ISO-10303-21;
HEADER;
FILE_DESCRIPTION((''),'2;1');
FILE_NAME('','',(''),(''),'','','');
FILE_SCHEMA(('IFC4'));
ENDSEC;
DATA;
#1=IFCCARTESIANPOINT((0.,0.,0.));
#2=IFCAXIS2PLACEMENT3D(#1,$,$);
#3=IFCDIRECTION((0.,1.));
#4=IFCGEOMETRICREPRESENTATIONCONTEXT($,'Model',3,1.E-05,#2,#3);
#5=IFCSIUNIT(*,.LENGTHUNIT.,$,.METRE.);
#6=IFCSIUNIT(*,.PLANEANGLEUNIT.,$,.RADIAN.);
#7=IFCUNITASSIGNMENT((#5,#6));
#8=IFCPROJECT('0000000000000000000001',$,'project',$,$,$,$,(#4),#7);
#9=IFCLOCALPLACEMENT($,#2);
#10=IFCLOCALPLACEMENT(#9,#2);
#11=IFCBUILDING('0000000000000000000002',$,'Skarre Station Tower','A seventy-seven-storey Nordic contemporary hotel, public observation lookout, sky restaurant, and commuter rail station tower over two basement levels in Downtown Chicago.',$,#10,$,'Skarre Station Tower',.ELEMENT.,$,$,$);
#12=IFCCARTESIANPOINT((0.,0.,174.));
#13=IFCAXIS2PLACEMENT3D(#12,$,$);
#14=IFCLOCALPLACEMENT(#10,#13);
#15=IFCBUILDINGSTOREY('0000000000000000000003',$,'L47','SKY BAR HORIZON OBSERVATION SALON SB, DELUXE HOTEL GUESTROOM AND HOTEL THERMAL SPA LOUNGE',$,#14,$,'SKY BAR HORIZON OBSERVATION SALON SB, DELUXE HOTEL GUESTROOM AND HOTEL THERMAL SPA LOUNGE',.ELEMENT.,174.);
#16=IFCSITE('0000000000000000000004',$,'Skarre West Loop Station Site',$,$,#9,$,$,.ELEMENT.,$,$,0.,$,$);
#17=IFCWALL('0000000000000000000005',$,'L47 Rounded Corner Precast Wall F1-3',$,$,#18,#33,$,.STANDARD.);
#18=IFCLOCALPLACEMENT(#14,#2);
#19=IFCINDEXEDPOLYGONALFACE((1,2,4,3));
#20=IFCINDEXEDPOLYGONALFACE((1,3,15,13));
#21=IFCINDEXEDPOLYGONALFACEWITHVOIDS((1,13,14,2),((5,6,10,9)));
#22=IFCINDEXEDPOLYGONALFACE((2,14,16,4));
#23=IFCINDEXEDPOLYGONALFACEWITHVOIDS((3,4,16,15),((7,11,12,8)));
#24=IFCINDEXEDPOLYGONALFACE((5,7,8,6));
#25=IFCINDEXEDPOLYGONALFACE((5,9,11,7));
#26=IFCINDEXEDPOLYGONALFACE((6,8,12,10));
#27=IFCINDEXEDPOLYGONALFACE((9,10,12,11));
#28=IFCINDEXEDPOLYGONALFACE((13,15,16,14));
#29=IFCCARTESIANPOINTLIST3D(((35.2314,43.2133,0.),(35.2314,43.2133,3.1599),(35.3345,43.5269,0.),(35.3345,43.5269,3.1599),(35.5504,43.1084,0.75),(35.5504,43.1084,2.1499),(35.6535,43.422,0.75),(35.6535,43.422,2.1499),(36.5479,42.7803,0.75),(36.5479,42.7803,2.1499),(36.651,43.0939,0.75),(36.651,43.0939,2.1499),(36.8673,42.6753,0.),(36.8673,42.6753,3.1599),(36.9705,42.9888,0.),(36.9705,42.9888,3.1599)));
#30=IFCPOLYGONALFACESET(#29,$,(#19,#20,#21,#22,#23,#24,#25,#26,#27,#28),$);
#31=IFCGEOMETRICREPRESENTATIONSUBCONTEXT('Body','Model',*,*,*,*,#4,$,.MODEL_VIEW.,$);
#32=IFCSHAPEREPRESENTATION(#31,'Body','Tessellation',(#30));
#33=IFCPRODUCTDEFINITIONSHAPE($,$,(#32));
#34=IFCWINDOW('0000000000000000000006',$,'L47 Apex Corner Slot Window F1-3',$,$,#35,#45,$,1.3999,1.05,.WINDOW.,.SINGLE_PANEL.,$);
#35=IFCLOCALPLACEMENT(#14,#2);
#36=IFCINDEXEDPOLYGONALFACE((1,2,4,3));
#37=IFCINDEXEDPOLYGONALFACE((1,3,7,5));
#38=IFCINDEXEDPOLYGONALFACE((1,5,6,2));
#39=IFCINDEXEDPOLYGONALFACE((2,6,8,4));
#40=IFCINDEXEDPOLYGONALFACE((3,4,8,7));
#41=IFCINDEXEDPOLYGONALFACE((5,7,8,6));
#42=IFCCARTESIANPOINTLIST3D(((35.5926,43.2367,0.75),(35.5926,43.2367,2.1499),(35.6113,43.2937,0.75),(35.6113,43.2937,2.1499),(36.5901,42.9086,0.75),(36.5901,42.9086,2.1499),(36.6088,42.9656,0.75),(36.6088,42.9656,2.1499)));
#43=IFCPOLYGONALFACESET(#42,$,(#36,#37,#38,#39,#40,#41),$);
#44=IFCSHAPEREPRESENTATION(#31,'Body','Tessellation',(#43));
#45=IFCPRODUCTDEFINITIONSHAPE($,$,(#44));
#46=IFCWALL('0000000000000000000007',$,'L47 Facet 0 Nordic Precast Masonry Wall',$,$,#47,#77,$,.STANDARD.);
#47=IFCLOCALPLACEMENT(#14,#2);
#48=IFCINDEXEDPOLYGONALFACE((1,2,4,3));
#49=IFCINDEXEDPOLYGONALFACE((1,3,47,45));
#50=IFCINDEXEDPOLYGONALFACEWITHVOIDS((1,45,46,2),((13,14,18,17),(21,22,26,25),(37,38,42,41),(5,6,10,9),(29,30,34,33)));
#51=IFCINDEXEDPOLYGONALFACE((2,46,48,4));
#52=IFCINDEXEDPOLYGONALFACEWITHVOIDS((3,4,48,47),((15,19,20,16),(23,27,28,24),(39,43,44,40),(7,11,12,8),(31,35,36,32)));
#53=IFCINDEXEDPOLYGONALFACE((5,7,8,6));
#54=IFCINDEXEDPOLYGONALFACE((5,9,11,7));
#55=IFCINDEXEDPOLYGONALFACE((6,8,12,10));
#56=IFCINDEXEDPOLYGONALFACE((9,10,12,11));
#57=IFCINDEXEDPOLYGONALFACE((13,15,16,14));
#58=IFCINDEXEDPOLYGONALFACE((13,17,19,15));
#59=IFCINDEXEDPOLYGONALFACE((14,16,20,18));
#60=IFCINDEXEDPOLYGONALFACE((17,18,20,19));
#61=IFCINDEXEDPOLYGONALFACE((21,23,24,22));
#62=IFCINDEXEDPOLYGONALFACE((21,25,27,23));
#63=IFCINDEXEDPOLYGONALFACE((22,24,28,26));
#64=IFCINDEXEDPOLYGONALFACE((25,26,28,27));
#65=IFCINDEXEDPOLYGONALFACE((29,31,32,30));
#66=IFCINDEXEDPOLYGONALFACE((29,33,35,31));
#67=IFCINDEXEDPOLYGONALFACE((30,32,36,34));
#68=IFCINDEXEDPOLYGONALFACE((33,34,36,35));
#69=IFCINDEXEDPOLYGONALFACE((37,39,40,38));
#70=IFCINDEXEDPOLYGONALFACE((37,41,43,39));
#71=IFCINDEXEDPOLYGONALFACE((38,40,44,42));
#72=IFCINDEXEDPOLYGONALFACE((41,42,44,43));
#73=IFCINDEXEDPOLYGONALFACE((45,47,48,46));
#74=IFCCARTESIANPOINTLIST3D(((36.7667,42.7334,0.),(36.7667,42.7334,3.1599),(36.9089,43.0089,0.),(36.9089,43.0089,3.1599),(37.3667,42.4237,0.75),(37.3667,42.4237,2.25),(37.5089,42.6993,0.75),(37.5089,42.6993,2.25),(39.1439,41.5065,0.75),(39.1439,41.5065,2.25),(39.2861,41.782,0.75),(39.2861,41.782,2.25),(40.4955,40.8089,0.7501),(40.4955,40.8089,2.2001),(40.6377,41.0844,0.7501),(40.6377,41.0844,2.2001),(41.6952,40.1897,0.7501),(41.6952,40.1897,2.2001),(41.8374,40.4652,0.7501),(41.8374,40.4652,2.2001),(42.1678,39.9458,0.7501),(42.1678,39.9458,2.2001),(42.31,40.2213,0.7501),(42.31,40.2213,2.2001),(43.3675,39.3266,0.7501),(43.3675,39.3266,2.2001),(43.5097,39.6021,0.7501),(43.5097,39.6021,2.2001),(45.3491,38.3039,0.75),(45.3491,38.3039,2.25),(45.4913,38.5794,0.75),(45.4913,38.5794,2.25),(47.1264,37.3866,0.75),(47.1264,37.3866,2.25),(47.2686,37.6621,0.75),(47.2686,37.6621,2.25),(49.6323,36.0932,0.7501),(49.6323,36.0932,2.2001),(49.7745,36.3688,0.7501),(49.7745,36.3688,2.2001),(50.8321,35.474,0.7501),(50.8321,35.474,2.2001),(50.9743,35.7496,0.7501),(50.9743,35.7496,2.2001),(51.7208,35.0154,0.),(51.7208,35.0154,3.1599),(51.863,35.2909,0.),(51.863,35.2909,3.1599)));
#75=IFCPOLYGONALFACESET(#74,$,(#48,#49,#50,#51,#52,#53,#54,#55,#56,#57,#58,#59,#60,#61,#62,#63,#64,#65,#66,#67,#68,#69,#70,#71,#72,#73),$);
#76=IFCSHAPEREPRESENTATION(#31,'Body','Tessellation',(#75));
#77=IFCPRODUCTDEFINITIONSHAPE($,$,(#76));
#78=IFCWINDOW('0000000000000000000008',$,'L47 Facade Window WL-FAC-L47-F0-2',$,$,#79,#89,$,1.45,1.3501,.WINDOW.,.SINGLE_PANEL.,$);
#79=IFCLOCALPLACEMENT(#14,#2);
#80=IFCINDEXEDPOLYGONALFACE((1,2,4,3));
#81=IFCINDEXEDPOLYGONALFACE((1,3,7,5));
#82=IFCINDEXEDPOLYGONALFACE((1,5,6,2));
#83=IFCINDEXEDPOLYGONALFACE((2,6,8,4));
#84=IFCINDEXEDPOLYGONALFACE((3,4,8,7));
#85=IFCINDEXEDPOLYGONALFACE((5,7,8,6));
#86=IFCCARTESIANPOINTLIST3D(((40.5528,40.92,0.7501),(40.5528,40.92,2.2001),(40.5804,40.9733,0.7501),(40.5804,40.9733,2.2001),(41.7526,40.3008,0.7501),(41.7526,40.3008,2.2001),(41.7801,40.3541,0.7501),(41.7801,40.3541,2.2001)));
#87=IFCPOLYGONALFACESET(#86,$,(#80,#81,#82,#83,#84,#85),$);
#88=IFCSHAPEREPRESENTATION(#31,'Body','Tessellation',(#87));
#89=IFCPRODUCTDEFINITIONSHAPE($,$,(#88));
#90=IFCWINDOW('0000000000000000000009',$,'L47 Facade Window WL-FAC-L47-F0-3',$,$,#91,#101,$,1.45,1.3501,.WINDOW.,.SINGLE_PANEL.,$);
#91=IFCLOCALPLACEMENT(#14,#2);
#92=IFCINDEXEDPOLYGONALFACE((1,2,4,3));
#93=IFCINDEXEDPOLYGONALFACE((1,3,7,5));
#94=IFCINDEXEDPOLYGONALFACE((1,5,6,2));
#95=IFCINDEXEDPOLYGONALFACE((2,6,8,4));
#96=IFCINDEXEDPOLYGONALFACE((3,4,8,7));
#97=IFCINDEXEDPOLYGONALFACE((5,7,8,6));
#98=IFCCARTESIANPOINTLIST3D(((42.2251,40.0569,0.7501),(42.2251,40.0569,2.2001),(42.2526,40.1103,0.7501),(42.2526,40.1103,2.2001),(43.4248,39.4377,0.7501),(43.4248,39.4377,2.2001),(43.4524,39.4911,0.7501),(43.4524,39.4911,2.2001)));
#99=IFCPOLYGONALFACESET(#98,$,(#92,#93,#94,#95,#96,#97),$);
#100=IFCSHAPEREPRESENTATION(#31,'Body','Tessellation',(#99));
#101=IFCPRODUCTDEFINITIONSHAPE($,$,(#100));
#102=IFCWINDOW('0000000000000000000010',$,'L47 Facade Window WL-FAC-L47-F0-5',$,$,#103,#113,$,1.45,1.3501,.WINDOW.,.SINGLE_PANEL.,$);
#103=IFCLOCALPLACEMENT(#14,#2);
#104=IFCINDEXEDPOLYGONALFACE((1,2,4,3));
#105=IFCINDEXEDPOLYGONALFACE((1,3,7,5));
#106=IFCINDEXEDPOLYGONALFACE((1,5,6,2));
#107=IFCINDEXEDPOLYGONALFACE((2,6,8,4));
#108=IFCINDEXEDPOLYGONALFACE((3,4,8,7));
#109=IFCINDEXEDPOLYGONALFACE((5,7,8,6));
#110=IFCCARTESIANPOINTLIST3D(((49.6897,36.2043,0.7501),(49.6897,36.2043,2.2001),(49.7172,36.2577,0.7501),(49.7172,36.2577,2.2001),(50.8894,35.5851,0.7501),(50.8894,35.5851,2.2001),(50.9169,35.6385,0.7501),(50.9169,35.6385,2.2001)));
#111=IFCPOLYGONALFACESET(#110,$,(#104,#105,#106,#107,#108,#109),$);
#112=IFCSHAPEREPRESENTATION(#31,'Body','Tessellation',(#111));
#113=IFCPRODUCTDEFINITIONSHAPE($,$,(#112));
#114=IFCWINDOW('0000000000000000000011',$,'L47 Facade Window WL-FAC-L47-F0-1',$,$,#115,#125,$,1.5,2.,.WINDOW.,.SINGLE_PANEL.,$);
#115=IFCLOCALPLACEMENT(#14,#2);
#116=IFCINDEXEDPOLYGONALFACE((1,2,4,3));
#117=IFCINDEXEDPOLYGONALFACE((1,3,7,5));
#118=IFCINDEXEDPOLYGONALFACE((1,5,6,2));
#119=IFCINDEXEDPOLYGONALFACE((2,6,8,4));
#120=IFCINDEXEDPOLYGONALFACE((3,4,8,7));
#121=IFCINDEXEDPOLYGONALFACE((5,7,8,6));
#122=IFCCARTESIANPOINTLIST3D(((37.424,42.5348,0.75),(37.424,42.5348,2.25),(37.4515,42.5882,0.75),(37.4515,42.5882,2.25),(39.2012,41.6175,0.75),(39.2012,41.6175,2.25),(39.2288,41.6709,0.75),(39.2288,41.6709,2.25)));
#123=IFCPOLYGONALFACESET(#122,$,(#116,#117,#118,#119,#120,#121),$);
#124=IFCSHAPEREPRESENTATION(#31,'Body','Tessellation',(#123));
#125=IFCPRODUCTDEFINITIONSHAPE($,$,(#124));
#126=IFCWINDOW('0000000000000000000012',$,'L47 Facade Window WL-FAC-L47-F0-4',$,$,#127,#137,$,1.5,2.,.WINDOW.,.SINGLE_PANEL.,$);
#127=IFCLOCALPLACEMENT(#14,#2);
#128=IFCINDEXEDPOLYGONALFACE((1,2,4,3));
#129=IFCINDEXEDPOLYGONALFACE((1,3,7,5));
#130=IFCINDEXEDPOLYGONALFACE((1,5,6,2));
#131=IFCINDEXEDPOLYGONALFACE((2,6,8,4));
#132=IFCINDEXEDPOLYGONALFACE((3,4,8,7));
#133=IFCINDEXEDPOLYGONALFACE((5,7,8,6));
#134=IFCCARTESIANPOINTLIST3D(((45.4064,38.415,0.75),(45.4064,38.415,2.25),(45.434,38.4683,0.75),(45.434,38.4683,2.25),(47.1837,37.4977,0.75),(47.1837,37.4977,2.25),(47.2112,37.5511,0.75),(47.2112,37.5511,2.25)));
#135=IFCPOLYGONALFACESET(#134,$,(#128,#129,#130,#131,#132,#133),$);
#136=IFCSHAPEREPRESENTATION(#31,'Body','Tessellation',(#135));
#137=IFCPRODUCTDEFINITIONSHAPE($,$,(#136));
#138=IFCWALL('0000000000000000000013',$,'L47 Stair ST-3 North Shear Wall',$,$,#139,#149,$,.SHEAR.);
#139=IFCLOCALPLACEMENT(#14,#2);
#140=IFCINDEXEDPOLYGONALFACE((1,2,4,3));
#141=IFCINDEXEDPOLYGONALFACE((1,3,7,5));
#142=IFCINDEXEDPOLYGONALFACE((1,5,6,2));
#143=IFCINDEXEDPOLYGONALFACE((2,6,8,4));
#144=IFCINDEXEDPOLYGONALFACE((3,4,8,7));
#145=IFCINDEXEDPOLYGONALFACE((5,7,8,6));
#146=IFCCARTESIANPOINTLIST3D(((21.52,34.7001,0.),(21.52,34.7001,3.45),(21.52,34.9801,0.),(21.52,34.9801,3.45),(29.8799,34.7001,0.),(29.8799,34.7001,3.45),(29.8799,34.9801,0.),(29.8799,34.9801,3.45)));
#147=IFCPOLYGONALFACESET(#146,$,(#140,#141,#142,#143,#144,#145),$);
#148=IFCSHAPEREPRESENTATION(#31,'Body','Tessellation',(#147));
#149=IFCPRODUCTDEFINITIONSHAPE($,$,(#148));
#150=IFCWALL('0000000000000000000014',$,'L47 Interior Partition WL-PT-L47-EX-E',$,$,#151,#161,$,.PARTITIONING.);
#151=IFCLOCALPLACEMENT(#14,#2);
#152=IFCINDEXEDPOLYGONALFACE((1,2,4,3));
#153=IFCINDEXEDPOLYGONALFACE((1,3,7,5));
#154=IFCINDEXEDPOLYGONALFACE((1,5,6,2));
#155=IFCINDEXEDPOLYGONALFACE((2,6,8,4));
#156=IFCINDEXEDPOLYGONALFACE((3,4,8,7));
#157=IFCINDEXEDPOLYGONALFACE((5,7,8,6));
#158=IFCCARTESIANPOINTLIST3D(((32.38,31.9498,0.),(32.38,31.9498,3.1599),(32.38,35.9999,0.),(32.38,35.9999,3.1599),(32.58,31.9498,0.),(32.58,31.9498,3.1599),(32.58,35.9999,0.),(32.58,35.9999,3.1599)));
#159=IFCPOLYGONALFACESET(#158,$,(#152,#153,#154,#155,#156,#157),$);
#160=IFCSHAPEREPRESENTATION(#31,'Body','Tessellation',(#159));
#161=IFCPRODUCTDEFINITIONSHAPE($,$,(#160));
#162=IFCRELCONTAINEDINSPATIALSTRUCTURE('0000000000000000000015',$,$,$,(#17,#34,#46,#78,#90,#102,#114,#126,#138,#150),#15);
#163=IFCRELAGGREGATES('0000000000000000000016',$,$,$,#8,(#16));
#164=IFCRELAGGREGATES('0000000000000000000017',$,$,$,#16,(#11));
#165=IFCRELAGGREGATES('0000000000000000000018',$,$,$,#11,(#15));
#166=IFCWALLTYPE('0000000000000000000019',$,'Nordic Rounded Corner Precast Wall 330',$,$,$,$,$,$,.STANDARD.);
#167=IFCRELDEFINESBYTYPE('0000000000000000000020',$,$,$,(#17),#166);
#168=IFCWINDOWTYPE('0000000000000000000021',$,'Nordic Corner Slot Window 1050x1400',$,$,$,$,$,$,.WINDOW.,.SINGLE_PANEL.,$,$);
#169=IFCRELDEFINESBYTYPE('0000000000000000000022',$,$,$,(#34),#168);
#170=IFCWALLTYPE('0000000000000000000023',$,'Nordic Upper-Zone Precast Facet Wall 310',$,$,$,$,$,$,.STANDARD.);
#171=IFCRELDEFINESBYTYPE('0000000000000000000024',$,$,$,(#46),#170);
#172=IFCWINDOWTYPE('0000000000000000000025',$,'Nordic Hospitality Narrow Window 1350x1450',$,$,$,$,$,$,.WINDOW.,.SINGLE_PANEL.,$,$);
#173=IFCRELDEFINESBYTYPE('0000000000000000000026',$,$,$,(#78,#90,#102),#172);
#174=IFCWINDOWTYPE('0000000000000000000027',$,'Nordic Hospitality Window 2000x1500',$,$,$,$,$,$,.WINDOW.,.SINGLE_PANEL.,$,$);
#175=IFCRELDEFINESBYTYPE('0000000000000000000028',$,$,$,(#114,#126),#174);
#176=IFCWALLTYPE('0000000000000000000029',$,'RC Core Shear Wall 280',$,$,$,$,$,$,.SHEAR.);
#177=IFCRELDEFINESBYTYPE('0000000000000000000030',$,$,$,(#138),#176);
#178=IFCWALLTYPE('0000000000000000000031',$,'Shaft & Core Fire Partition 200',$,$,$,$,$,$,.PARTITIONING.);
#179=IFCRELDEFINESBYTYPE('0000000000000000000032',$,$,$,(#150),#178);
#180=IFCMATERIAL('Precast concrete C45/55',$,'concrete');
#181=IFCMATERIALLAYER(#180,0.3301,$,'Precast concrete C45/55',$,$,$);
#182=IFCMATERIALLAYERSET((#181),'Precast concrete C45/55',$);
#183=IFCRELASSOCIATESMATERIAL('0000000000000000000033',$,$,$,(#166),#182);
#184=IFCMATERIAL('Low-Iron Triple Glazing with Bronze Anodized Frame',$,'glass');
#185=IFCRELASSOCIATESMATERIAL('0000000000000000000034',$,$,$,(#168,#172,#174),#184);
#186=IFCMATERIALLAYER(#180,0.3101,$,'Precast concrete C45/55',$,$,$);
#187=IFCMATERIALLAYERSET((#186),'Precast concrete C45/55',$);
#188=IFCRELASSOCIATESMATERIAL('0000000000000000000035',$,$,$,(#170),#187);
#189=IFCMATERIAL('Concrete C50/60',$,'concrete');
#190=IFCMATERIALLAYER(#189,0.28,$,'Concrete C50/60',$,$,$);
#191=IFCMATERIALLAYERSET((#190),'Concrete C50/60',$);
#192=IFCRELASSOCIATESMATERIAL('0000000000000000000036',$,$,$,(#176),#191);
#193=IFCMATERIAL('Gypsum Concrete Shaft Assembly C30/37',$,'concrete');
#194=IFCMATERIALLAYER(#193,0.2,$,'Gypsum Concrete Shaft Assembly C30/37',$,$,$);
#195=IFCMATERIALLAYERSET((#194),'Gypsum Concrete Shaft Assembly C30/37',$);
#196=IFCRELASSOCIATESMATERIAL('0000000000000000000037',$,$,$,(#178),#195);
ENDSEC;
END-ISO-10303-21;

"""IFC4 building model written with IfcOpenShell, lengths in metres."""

from ifc_helpers import new_model, si_unit, direction, frame, frame_2d, origin, place, context, subcontext, project, spatial, rectangle, extrude, material, layer, layer_set, type_object, element, fill, save


model = new_model("IFC4")

# Units and contexts
model_context = context("Model", 3, precision=1e-05, world=origin(), true_north=direction((0.0, 1.0)))
body_context = subcontext(model_context, "Body", "Model", "MODEL_VIEW")
ifc_project = project(units=[si_unit("LENGTHUNIT", "METRE"), si_unit("PLANEANGLEUNIT", "RADIAN")], contexts=[model_context])

# Site, building, storey
site_placement = place(None, origin())
site = spatial("IfcSite", under=ifc_project, at=site_placement, Name="Skarre West Loop Station Site", CompositionType="ELEMENT", RefElevation=0.0)
building_placement = place(site_placement, origin())
building = spatial("IfcBuilding", under=site, at=building_placement, Name="Skarre Station Tower", Description="A seventy-seven-storey Nordic contemporary hotel, public observation lookout, sky restaurant, and commuter rail station tower over two basement levels in Downtown Chicago.", LongName="Skarre Station Tower", CompositionType="ELEMENT")
storey_placement = place(building_placement, frame((0.0, 0.0, 174.0)))
storey = spatial("IfcBuildingStorey", under=building, at=storey_placement, Name="L47", Description="SKY BAR HORIZON OBSERVATION SALON SB, DELUXE HOTEL GUESTROOM AND HOTEL THERMAL SPA LOUNGE", LongName="SKY BAR HORIZON OBSERVATION SALON SB, DELUXE HOTEL GUESTROOM AND HOTEL THERMAL SPA LOUNGE", CompositionType="ELEMENT", Elevation=174.0)

# Shared definitions
ifc_material_1 = material(Name="Precast concrete C45/55", Category="concrete")
ifc_layer_1 = layer(ifc_material_1, 0.3301, Name="Precast concrete C45/55")
ifc_layer_set_1 = layer_set([ifc_layer_1], Name="Precast concrete C45/55")
wall_type_1 = type_object("IfcWallType", Name="Nordic Rounded Corner Precast Wall 330", PredefinedType="STANDARD", material=ifc_layer_set_1)

# Wall, opening, window
wall_1_placement = place(storey_placement, frame((35.283, 43.3701, 0.0), z_axis=(0.0, 0.0, 1.0), x_axis=(0.949937, -0.31244, 0.0)))
wall_1 = element("IfcWall", 1, at=wall_1_placement, inside=storey, type_object=wall_type_1, Name="L47 Rounded Corner Precast Wall F1-3", PredefinedType="STANDARD", context=body_context, shape_type="SweptSolid", body=[
    extrude(rectangle(XDim=1.7222, YDim=0.3301, at=frame_2d((0.8611, 0.0))), origin(), (0.0, 0.0, 1.0), 3.1599),
])
opening_1_placement = place(wall_1_placement, frame((0.3359, 0.0, 0.75)))
opening_1 = element("IfcOpeningElement", 2, at=opening_1_placement, cuts=wall_1, PredefinedType="OPENING", context=body_context, shape_type="SweptSolid", body=[
    extrude(rectangle(XDim=1.05, YDim=1.3999, at=frame_2d((0.5249, 0.7))), frame((0.0, 0.175, 0.0), z_axis=(0.0, -1.0, 0.0), x_axis=(1.0, 0.0, 0.0)), (0.0, 0.0, 1.0), 0.3501),
])
ifc_material_2 = material(Name="Low-Iron Triple Glazing with Bronze Anodized Frame", Category="glass")
window_type_1 = type_object("IfcWindowType", Name="Nordic Corner Slot Window 1050x1400", PartitioningType="SINGLE_PANEL", PredefinedType="WINDOW", material=ifc_material_2)
window_1_placement = place(opening_1_placement, origin())
window_1 = element("IfcWindow", 3, at=window_1_placement, inside=storey, type_object=window_type_1, Name="L47 Apex Corner Slot Window F1-3", OverallHeight=1.3999, OverallWidth=1.05, PartitioningType="SINGLE_PANEL", PredefinedType="WINDOW", context=body_context, shape_type="SweptSolid", body=[
    extrude(rectangle(XDim=1.05, YDim=1.3999, at=frame_2d((0.5249, 0.7))), frame((0.0, 0.03, 0.0), z_axis=(0.0, -1.0, 0.0), x_axis=(1.0, 0.0, 0.0)), (0.0, 0.0, 1.0), 0.0601),
])
fill(opening_1, window_1)

# Wall, openings, windows
ifc_layer_2 = layer(ifc_material_1, 0.3101, Name="Precast concrete C45/55")
ifc_layer_set_2 = layer_set([ifc_layer_2], Name="Precast concrete C45/55")
wall_type_2 = type_object("IfcWallType", Name="Nordic Upper-Zone Precast Facet Wall 310", PredefinedType="STANDARD", material=ifc_layer_set_2)
wall_2_placement = place(storey_placement, frame((36.8379, 42.8711, 0.0), z_axis=(0.0, 0.0, 1.0), x_axis=(0.888626, -0.458632, 0.0)))
wall_2 = element("IfcWall", 4, at=wall_2_placement, inside=storey, type_object=wall_type_2, Name="L47 Facet 0 Nordic Precast Masonry Wall", PredefinedType="STANDARD", context=body_context, shape_type="SweptSolid", body=[
    extrude(rectangle(XDim=16.8284, YDim=0.3101, at=frame_2d((8.4141, 0.0))), origin(), (0.0, 0.0, 1.0), 3.1599),
])
opening_2_placement = place(wall_2_placement, frame((0.675, 0.0, 0.75)))
opening_2 = element("IfcOpeningElement", 5, at=opening_2_placement, cuts=wall_2, PredefinedType="OPENING", context=body_context, shape_type="SweptSolid", body=[
    extrude(rectangle(XDim=2.0, YDim=1.5, at=frame_2d((1.0, 0.75))), frame((0.0, 0.165, 0.0), z_axis=(0.0, -1.0, 0.0), x_axis=(1.0, 0.0, 0.0)), (0.0, 0.0, 1.0), 0.3301),
])
opening_3_placement = place(wall_2_placement, frame((4.196, 0.0, 0.75)))
opening_3 = element("IfcOpeningElement", 6, at=opening_3_placement, cuts=wall_2, PredefinedType="OPENING", context=body_context, shape_type="SweptSolid", body=[
    extrude(rectangle(XDim=1.3501, YDim=1.45, at=frame_2d((0.675, 0.7251))), frame((0.0, 0.165, 0.0), z_axis=(0.0, -1.0, 0.0), x_axis=(1.0, 0.0, 0.0)), (0.0, 0.0, 1.0), 0.3301),
])
opening_4_placement = place(wall_2_placement, frame((6.0779, 0.0, 0.75)))
opening_4 = element("IfcOpeningElement", 7, at=opening_4_placement, cuts=wall_2, PredefinedType="OPENING", context=body_context, shape_type="SweptSolid", body=[
    extrude(rectangle(XDim=1.3501, YDim=1.45, at=frame_2d((0.675, 0.7251))), frame((0.0, 0.165, 0.0), z_axis=(0.0, -1.0, 0.0), x_axis=(1.0, 0.0, 0.0)), (0.0, 0.0, 1.0), 0.3301),
])
opening_5_placement = place(wall_2_placement, frame((9.658, 0.0, 0.75)))
opening_5 = element("IfcOpeningElement", 8, at=opening_5_placement, cuts=wall_2, PredefinedType="OPENING", context=body_context, shape_type="SweptSolid", body=[
    extrude(rectangle(XDim=2.0, YDim=1.5, at=frame_2d((1.0, 0.75))), frame((0.0, 0.165, 0.0), z_axis=(0.0, -1.0, 0.0), x_axis=(1.0, 0.0, 0.0)), (0.0, 0.0, 1.0), 0.3301),
])
opening_6_placement = place(wall_2_placement, frame((14.478, 0.0, 0.75)))
opening_6 = element("IfcOpeningElement", 9, at=opening_6_placement, cuts=wall_2, PredefinedType="OPENING", context=body_context, shape_type="SweptSolid", body=[
    extrude(rectangle(XDim=1.3501, YDim=1.45, at=frame_2d((0.675, 0.7251))), frame((0.0, 0.165, 0.0), z_axis=(0.0, -1.0, 0.0), x_axis=(1.0, 0.0, 0.0)), (0.0, 0.0, 1.0), 0.3301),
])
window_type_2 = type_object("IfcWindowType", Name="Nordic Hospitality Narrow Window 1350x1450", PartitioningType="SINGLE_PANEL", PredefinedType="WINDOW", material=ifc_material_2)
window_2_placement = place(opening_3_placement, origin())
window_2 = element("IfcWindow", 10, at=window_2_placement, inside=storey, type_object=window_type_2, Name="L47 Facade Window WL-FAC-L47-F0-2", OverallHeight=1.45, OverallWidth=1.3501, PartitioningType="SINGLE_PANEL", PredefinedType="WINDOW", context=body_context, shape_type="SweptSolid", body=[
    extrude(rectangle(XDim=1.3501, YDim=1.45, at=frame_2d((0.675, 0.7251))), frame((0.0, 0.03, 0.0), z_axis=(0.0, -1.0, 0.0), x_axis=(1.0, 0.0, 0.0)), (0.0, 0.0, 1.0), 0.0601),
])
fill(opening_3, window_2)
window_3_placement = place(opening_4_placement, origin())
window_3 = element("IfcWindow", 11, at=window_3_placement, inside=storey, type_object=window_type_2, Name="L47 Facade Window WL-FAC-L47-F0-3", OverallHeight=1.45, OverallWidth=1.3501, PartitioningType="SINGLE_PANEL", PredefinedType="WINDOW", context=body_context, shape_type="SweptSolid", body=[
    extrude(rectangle(XDim=1.3501, YDim=1.45, at=frame_2d((0.675, 0.7251))), frame((0.0, 0.03, 0.0), z_axis=(0.0, -1.0, 0.0), x_axis=(1.0, 0.0, 0.0)), (0.0, 0.0, 1.0), 0.0601),
])
fill(opening_4, window_3)
window_4_placement = place(opening_6_placement, origin())
window_4 = element("IfcWindow", 12, at=window_4_placement, inside=storey, type_object=window_type_2, Name="L47 Facade Window WL-FAC-L47-F0-5", OverallHeight=1.45, OverallWidth=1.3501, PartitioningType="SINGLE_PANEL", PredefinedType="WINDOW", context=body_context, shape_type="SweptSolid", body=[
    extrude(rectangle(XDim=1.3501, YDim=1.45, at=frame_2d((0.675, 0.7251))), frame((0.0, 0.03, 0.0), z_axis=(0.0, -1.0, 0.0), x_axis=(1.0, 0.0, 0.0)), (0.0, 0.0, 1.0), 0.0601),
])
fill(opening_6, window_4)
window_type_3 = type_object("IfcWindowType", Name="Nordic Hospitality Window 2000x1500", PartitioningType="SINGLE_PANEL", PredefinedType="WINDOW", material=ifc_material_2)
window_5_placement = place(opening_2_placement, origin())
window_5 = element("IfcWindow", 13, at=window_5_placement, inside=storey, type_object=window_type_3, Name="L47 Facade Window WL-FAC-L47-F0-1", OverallHeight=1.5, OverallWidth=2.0, PartitioningType="SINGLE_PANEL", PredefinedType="WINDOW", context=body_context, shape_type="SweptSolid", body=[
    extrude(rectangle(XDim=2.0, YDim=1.5, at=frame_2d((1.0, 0.75))), frame((0.0, 0.03, 0.0), z_axis=(0.0, -1.0, 0.0), x_axis=(1.0, 0.0, 0.0)), (0.0, 0.0, 1.0), 0.0601),
])
fill(opening_2, window_5)
window_6_placement = place(opening_5_placement, origin())
window_6 = element("IfcWindow", 14, at=window_6_placement, inside=storey, type_object=window_type_3, Name="L47 Facade Window WL-FAC-L47-F0-4", OverallHeight=1.5, OverallWidth=2.0, PartitioningType="SINGLE_PANEL", PredefinedType="WINDOW", context=body_context, shape_type="SweptSolid", body=[
    extrude(rectangle(XDim=2.0, YDim=1.5, at=frame_2d((1.0, 0.75))), frame((0.0, 0.03, 0.0), z_axis=(0.0, -1.0, 0.0), x_axis=(1.0, 0.0, 0.0)), (0.0, 0.0, 1.0), 0.0601),
])
fill(opening_5, window_6)

# Walls
ifc_material_3 = material(Name="Concrete C50/60", Category="concrete")
ifc_layer_3 = layer(ifc_material_3, 0.28, Name="Concrete C50/60")
ifc_layer_set_3 = layer_set([ifc_layer_3], Name="Concrete C50/60")
wall_type_3 = type_object("IfcWallType", Name="RC Core Shear Wall 280", PredefinedType="SHEAR", material=ifc_layer_set_3)
wall_3_placement = place(storey_placement, frame((29.8799, 34.8401, 0.0), z_axis=(0.0, 0.0, 1.0), x_axis=(-1.0, 0.0, 0.0)))
element("IfcWall", 15, at=wall_3_placement, inside=storey, type_object=wall_type_3, Name="L47 Stair ST-3 North Shear Wall", PredefinedType="SHEAR", context=body_context, shape_type="SweptSolid", body=[
    extrude(rectangle(XDim=8.3599, YDim=0.28, at=frame_2d((4.1799, 0.0))), origin(), (0.0, 0.0, 1.0), 3.45),
])
ifc_material_4 = material(Name="Gypsum Concrete Shaft Assembly C30/37", Category="concrete")
ifc_layer_4 = layer(ifc_material_4, 0.2, Name="Gypsum Concrete Shaft Assembly C30/37")
ifc_layer_set_4 = layer_set([ifc_layer_4], Name="Gypsum Concrete Shaft Assembly C30/37")
wall_type_4 = type_object("IfcWallType", Name="Shaft & Core Fire Partition 200", PredefinedType="PARTITIONING", material=ifc_layer_set_4)
wall_4_placement = place(storey_placement, frame((32.48, 31.95, 0.0), z_axis=(0.0, 0.0, 1.0), x_axis=(0.0, 1.0, 0.0)))
element("IfcWall", 16, at=wall_4_placement, inside=storey, type_object=wall_type_4, Name="L47 Interior Partition WL-PT-L47-EX-E", PredefinedType="PARTITIONING", context=body_context, shape_type="SweptSolid", body=[
    extrude(rectangle(XDim=4.05, YDim=0.2, at=frame_2d((2.0249, 0.0))), origin(), (0.0, 0.0, 1.0), 3.1599),
])

save(model, "model.ifc")
